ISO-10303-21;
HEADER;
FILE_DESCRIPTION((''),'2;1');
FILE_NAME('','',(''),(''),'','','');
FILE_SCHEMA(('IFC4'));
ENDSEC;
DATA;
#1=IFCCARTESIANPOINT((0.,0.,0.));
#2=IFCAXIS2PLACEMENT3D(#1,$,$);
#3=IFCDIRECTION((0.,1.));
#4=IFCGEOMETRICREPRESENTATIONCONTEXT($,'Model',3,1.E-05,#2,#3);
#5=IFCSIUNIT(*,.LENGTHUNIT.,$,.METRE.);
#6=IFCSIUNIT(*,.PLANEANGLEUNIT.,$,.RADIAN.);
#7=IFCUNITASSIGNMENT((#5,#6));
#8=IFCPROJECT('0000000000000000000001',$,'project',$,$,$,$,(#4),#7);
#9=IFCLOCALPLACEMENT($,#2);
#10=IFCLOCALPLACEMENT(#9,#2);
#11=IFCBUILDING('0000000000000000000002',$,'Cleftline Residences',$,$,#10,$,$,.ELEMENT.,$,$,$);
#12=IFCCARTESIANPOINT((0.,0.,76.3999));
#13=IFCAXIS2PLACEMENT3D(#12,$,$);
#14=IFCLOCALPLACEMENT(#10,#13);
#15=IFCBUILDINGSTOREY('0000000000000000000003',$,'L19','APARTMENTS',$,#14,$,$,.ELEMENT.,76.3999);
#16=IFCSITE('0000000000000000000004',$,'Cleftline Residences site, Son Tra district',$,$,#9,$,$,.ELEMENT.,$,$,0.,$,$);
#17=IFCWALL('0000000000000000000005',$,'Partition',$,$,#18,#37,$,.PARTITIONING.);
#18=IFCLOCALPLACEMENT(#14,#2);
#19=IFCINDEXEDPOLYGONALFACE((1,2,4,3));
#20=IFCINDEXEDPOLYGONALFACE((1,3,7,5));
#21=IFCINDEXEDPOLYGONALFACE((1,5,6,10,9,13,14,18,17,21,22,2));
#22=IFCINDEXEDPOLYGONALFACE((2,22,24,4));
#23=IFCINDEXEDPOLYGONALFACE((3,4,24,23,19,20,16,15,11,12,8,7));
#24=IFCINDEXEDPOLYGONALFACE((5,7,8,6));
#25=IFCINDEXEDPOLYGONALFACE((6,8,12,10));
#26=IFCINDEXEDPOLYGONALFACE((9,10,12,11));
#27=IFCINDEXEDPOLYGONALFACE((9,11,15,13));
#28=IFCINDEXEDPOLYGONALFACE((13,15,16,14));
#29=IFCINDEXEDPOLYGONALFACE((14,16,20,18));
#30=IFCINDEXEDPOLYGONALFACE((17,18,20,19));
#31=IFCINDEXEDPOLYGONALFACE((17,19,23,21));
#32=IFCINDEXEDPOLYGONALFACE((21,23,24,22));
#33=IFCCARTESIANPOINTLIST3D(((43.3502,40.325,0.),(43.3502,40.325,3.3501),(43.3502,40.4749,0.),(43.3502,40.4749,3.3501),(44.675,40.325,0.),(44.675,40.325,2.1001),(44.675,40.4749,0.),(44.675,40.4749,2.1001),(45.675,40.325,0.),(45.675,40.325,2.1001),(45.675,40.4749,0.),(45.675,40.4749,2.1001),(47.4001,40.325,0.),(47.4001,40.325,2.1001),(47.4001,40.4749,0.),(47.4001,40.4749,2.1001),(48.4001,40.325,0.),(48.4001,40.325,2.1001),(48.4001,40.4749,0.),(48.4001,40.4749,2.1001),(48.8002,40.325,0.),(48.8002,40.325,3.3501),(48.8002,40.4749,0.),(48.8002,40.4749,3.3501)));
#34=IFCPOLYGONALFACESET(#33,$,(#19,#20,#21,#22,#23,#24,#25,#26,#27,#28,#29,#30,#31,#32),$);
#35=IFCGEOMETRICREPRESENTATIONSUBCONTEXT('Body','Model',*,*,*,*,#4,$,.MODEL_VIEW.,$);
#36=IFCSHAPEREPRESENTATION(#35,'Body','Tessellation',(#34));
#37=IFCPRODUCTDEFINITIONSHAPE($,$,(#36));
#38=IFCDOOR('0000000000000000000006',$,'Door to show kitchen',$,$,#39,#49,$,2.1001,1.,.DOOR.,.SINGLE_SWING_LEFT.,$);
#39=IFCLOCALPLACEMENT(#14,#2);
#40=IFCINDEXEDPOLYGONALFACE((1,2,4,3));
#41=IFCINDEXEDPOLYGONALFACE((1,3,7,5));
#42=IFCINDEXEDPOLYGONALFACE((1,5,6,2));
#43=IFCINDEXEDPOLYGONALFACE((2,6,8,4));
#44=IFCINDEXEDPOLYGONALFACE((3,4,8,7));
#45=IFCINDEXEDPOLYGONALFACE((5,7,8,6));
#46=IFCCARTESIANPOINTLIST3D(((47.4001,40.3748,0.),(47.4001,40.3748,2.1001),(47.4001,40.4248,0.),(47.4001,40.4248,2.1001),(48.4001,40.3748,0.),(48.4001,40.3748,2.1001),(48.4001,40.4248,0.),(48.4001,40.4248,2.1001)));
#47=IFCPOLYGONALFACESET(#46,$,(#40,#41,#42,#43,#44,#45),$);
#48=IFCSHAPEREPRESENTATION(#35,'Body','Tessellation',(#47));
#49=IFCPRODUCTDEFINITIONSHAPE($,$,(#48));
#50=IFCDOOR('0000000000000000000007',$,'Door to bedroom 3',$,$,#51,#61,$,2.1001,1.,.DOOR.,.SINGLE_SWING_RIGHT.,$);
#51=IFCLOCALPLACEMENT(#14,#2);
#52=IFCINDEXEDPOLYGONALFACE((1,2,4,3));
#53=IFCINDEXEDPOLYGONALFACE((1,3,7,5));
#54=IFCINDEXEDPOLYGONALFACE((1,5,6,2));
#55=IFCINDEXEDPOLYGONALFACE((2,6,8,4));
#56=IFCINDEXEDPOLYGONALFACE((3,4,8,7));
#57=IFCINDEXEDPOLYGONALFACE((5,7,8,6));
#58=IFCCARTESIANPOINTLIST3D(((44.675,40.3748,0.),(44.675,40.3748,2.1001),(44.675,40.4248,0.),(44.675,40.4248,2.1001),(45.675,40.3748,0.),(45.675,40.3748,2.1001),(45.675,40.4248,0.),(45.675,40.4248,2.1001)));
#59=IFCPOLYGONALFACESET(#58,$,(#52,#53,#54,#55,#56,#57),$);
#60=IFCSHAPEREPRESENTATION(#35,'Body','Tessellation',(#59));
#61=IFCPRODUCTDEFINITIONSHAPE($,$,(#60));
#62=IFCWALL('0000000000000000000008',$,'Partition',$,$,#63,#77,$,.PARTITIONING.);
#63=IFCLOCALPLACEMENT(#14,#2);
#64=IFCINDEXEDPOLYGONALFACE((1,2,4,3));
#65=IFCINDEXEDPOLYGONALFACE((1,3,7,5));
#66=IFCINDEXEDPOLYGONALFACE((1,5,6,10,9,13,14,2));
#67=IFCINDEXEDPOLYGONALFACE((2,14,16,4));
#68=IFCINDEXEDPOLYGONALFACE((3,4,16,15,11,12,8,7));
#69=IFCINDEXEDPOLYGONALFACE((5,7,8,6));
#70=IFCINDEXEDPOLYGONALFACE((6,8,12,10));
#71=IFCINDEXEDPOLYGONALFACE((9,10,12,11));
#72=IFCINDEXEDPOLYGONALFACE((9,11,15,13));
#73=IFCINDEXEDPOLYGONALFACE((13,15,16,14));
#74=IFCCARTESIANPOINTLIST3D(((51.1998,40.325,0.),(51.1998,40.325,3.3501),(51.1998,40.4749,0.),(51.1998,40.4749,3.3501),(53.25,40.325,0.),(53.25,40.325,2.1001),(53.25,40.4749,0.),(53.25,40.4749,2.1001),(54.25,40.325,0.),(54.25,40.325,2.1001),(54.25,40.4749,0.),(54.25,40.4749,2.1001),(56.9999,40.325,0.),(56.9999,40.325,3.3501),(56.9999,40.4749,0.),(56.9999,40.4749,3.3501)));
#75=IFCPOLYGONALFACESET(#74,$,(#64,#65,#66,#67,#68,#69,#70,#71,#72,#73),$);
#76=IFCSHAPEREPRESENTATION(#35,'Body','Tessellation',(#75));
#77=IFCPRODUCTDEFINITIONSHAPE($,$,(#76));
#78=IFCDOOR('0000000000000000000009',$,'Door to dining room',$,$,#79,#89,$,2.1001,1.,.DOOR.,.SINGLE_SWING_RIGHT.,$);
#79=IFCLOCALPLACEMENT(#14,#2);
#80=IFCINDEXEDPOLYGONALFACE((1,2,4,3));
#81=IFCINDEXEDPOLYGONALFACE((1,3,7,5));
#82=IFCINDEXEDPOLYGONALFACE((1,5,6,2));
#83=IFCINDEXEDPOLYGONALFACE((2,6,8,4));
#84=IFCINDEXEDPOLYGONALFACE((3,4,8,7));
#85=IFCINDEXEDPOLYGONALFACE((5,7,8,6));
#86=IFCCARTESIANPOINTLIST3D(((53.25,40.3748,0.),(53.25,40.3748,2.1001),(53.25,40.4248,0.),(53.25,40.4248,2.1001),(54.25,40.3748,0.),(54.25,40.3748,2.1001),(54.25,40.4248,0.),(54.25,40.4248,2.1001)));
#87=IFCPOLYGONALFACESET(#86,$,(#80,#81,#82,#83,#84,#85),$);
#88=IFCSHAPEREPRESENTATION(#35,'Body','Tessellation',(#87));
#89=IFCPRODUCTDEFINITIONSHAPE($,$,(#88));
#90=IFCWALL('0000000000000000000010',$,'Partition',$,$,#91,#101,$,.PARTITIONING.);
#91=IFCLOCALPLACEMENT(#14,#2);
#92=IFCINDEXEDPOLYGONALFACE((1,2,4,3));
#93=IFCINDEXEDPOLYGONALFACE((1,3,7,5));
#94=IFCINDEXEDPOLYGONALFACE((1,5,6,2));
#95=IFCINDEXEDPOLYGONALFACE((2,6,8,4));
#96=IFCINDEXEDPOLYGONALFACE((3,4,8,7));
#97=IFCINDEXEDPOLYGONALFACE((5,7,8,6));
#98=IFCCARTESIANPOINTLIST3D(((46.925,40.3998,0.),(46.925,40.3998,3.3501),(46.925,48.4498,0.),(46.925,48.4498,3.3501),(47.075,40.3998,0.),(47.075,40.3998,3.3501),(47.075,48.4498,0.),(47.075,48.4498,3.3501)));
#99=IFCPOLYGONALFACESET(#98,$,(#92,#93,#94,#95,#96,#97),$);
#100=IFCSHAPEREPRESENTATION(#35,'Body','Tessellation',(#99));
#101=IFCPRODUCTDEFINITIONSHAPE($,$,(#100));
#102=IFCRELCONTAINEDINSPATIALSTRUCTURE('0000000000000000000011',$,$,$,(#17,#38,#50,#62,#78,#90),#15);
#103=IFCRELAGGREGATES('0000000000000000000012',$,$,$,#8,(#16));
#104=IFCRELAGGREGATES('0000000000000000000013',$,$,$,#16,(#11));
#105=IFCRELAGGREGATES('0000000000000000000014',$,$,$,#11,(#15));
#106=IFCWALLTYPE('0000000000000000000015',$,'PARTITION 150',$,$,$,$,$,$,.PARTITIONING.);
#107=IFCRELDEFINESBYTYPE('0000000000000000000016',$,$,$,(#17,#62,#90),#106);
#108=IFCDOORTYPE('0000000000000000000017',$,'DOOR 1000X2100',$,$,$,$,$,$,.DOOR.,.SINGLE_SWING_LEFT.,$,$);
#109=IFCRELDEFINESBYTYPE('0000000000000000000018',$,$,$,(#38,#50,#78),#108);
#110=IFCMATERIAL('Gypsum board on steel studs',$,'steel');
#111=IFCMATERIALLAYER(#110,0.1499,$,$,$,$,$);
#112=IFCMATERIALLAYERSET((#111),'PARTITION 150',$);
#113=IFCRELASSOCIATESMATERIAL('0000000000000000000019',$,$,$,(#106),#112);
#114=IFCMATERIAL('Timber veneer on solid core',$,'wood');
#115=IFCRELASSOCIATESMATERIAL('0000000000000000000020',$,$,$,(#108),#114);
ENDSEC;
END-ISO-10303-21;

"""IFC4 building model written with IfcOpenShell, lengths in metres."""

from ifc_helpers import new_model, si_unit, direction, frame, frame_2d, origin, place, context, subcontext, project, spatial, rectangle, extrude, material, layer, layer_set, type_object, element, fill, save


model = new_model("IFC4")

# Units and contexts
model_context = context("Model", 3, precision=1e-05, world=origin(), true_north=direction((0.0, 1.0)))
body_context = subcontext(model_context, "Body", "Model", "MODEL_VIEW")
ifc_project = project(units=[si_unit("LENGTHUNIT", "METRE"), si_unit("PLANEANGLEUNIT", "RADIAN")], contexts=[model_context])

# Site, building, storey
site_placement = place(None, origin())
site = spatial("IfcSite", under=ifc_project, at=site_placement, Name="Cleftline Residences site, Son Tra district", CompositionType="ELEMENT", RefElevation=0.0)
building_placement = place(site_placement, origin())
building = spatial("IfcBuilding", under=site, at=building_placement, Name="Cleftline Residences", CompositionType="ELEMENT")
storey_placement = place(building_placement, frame((0.0, 0.0, 76.3999)))
storey = spatial("IfcBuildingStorey", under=building, at=storey_placement, Name="L19", Description="APARTMENTS", CompositionType="ELEMENT", Elevation=76.3999)

# Wall, openings, doors
ifc_material_1 = material(Name="Gypsum board on steel studs", Category="steel")
ifc_layer_1 = layer(ifc_material_1, 0.1499)
ifc_layer_set_1 = layer_set([ifc_layer_1], Name="PARTITION 150")
wall_type = type_object("IfcWallType", Name="PARTITION 150", PredefinedType="PARTITIONING", material=ifc_layer_set_1)
ifc_material_2 = material(Name="Timber veneer on solid core", Category="wood")
door_type_1 = type_object("IfcDoorType", Name="DOOR 1000X2100", OperationType="SINGLE_SWING_LEFT", PredefinedType="DOOR", material=ifc_material_2)
wall_1_placement = place(storey_placement, frame((43.3501, 40.3999, 0.0), z_axis=(0.0, 0.0, 1.0), x_axis=(1.0, 0.0, 0.0)))
wall_1 = element("IfcWall", 1, at=wall_1_placement, inside=storey, type_object=wall_type, Name="Partition", PredefinedType="PARTITIONING", context=body_context, shape_type="SweptSolid", body=[
    extrude(rectangle(XDim=5.45, YDim=0.1499, at=frame_2d((2.7251, 0.0))), origin(), (0.0, 0.0, 1.0), 3.3501),
])
opening_1_placement = place(wall_1_placement, frame((4.05, 0.0, 0.0)))
opening_1 = element("IfcOpeningElement", 2, at=opening_1_placement, cuts=wall_1, PredefinedType="OPENING", context=body_context, shape_type="SweptSolid", body=[
    extrude(rectangle(XDim=1.0, YDim=2.1001, at=frame_2d((0.5, 1.05))), frame((0.0, 0.085, 0.0), z_axis=(0.0, -1.0, 0.0), x_axis=(1.0, 0.0, 0.0)), (0.0, 0.0, 1.0), 0.1699),
])
opening_2_placement = place(wall_1_placement, frame((1.325, 0.0, 0.0)))
opening_2 = element("IfcOpeningElement", 3, at=opening_2_placement, cuts=wall_1, PredefinedType="OPENING", context=body_context, shape_type="SweptSolid", body=[
    extrude(rectangle(XDim=1.0, YDim=2.1001, at=frame_2d((0.5, 1.05))), frame((0.0, 0.085, 0.0), z_axis=(0.0, -1.0, 0.0), x_axis=(1.0, 0.0, 0.0)), (0.0, 0.0, 1.0), 0.1699),
])
door_1_placement = place(opening_1_placement, origin())
door_1 = element("IfcDoor", 4, at=door_1_placement, inside=storey, type_object=door_type_1, Name="Door to show kitchen", OperationType="SINGLE_SWING_LEFT", OverallHeight=2.1001, OverallWidth=1.0, PredefinedType="DOOR", context=body_context, shape_type="SweptSolid", body=[
    extrude(rectangle(XDim=1.0, YDim=2.1001, at=frame_2d((0.5, 1.05))), frame((0.0, 0.0249, 0.0), z_axis=(0.0, -1.0, 0.0), x_axis=(1.0, 0.0, 0.0)), (0.0, 0.0, 1.0), 0.05),
])
fill(opening_1, door_1)
door_2_placement = place(opening_2_placement, origin())
door_2 = element("IfcDoor", 5, at=door_2_placement, inside=storey, type_object=door_type_1, Name="Door to bedroom 3", OperationType="SINGLE_SWING_RIGHT", OverallHeight=2.1001, OverallWidth=1.0, PredefinedType="DOOR", context=body_context, shape_type="SweptSolid", body=[
    extrude(rectangle(XDim=1.0, YDim=2.1001, at=frame_2d((0.5, 1.05))), frame((0.0, 0.0249, 0.0), z_axis=(0.0, -1.0, 0.0), x_axis=(1.0, 0.0, 0.0)), (0.0, 0.0, 1.0), 0.05),
])
fill(opening_2, door_2)

# Wall, opening, door
wall_2_placement = place(storey_placement, frame((51.2, 40.3999, 0.0), z_axis=(0.0, 0.0, 1.0), x_axis=(1.0, 0.0, 0.0)))
wall_2 = element("IfcWall", 6, at=wall_2_placement, inside=storey, type_object=wall_type, Name="Partition", PredefinedType="PARTITIONING", context=body_context, shape_type="SweptSolid", body=[
    extrude(rectangle(XDim=5.8, YDim=0.1499, at=frame_2d((2.8999, 0.0))), origin(), (0.0, 0.0, 1.0), 3.3501),
])
opening_3_placement = place(wall_2_placement, frame((2.05, 0.0, 0.0)))
opening_3 = element("IfcOpeningElement", 7, at=opening_3_placement, cuts=wall_2, PredefinedType="OPENING", context=body_context, shape_type="SweptSolid", body=[
    extrude(rectangle(XDim=1.0, YDim=2.1001, at=frame_2d((0.5, 1.05))), frame((0.0, 0.085, 0.0), z_axis=(0.0, -1.0, 0.0), x_axis=(1.0, 0.0, 0.0)), (0.0, 0.0, 1.0), 0.1699),
])
door_3_placement = place(opening_3_placement, origin())
door_3 = element("IfcDoor", 8, at=door_3_placement, inside=storey, type_object=door_type_1, Name="Door to dining room", OperationType="SINGLE_SWING_RIGHT", OverallHeight=2.1001, OverallWidth=1.0, PredefinedType="DOOR", context=body_context, shape_type="SweptSolid", body=[
    extrude(rectangle(XDim=1.0, YDim=2.1001, at=frame_2d((0.5, 1.05))), frame((0.0, 0.0249, 0.0), z_axis=(0.0, -1.0, 0.0), x_axis=(1.0, 0.0, 0.0)), (0.0, 0.0, 1.0), 0.05),
])
fill(opening_3, door_3)

# Wall
wall_3_placement = place(storey_placement, frame((47.0, 40.3999, 0.0), z_axis=(0.0, 0.0, 1.0), x_axis=(0.0, 1.0, 0.0)))
element("IfcWall", 9, at=wall_3_placement, inside=storey, type_object=wall_type, Name="Partition", PredefinedType="PARTITIONING", context=body_context, shape_type="SweptSolid", body=[
    extrude(rectangle(XDim=8.05, YDim=0.1499, at=frame_2d((4.0249, 0.0))), origin(), (0.0, 0.0, 1.0), 3.3501),
])

save(model, "model.ifc")
